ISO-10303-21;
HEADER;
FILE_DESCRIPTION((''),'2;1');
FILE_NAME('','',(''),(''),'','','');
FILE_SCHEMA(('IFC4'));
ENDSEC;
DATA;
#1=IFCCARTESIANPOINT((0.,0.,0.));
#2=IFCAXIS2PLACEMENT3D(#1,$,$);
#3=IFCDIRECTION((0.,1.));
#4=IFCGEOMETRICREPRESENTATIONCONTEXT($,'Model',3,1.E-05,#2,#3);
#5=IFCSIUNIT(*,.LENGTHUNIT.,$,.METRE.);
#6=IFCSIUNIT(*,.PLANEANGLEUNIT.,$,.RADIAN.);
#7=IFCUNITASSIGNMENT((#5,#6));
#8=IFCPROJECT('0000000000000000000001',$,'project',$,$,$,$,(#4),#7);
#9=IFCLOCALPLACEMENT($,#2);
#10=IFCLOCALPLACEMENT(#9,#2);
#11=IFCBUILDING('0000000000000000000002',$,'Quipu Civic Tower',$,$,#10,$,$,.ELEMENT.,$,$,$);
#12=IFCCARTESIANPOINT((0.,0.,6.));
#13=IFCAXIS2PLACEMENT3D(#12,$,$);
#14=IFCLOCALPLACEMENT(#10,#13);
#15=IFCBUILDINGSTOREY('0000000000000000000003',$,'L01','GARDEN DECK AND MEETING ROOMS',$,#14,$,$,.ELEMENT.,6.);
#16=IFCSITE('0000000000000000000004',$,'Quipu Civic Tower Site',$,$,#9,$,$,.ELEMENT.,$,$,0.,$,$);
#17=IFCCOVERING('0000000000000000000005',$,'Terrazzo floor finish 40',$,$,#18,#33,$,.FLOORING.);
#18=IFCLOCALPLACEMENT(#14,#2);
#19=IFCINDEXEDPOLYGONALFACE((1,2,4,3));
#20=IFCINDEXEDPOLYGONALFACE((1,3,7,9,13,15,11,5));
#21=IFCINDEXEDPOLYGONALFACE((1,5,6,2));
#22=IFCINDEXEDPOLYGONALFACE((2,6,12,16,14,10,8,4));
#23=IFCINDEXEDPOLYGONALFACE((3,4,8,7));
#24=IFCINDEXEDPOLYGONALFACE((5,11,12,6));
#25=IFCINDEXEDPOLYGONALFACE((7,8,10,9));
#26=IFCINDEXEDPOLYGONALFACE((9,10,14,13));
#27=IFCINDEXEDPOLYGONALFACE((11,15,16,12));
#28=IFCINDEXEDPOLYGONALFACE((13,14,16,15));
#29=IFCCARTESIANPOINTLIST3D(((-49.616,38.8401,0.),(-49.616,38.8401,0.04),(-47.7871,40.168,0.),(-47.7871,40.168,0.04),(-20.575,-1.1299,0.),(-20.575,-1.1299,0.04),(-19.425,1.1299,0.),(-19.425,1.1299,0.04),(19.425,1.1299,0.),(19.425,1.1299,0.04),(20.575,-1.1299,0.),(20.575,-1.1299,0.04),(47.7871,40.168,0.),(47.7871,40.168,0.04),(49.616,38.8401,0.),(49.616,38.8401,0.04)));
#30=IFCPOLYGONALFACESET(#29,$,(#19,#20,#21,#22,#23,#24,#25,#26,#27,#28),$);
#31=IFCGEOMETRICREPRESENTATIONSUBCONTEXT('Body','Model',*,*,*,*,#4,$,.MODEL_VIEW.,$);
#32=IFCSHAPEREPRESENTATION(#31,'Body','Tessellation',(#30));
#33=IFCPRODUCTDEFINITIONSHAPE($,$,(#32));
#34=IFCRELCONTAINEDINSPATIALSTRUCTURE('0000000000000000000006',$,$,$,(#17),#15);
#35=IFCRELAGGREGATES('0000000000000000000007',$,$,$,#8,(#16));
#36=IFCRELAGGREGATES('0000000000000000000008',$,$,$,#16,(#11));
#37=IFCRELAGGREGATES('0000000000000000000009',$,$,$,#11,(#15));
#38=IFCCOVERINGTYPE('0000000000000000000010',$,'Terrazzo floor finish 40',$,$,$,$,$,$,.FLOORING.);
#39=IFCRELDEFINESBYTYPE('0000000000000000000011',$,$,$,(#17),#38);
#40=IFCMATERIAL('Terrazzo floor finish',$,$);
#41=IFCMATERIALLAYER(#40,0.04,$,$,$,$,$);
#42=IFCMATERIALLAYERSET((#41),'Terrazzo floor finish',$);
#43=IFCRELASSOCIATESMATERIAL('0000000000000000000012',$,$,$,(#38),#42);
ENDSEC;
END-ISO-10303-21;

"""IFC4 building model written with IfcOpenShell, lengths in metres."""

from ifc_helpers import new_model, si_unit, direction, frame, origin, place, context, subcontext, project, spatial, polyline, outline, extrude, material, layer, layer_set, type_object, element, save


model = new_model("IFC4")

# Units and contexts
model_context = context("Model", 3, precision=1e-05, world=origin(), true_north=direction((0.0, 1.0)))
body_context = subcontext(model_context, "Body", "Model", "MODEL_VIEW")
ifc_project = project(units=[si_unit("LENGTHUNIT", "METRE"), si_unit("PLANEANGLEUNIT", "RADIAN")], contexts=[model_context])

# Site, building, storey
site_placement = place(None, origin())
site = spatial("IfcSite", under=ifc_project, at=site_placement, Name="Quipu Civic Tower Site", CompositionType="ELEMENT", RefElevation=0.0)
building_placement = place(site_placement, origin())
building = spatial("IfcBuilding", under=site, at=building_placement, Name="Quipu Civic Tower", CompositionType="ELEMENT")
storey_placement = place(building_placement, frame((0.0, 0.0, 6.0)))
storey = spatial("IfcBuildingStorey", under=building, at=storey_placement, Name="L01", Description="GARDEN DECK AND MEETING ROOMS", CompositionType="ELEMENT", Elevation=6.0)

# Covering
ifc_material_1 = material(Name="Terrazzo floor finish")
ifc_layer_1 = layer(ifc_material_1, 0.04)
ifc_layer_set_1 = layer_set([ifc_layer_1], Name="Terrazzo floor finish")
covering_type_1 = type_object("IfcCoveringType", Name="Terrazzo floor finish 40", PredefinedType="FLOORING", material=ifc_layer_set_1)
covering_1_placement = place(storey_placement, origin())
element("IfcCovering", 1, at=covering_1_placement, inside=storey, type_object=covering_type_1, Name="Terrazzo floor finish 40", PredefinedType="FLOORING", context=body_context, shape_type="SweptSolid", body=[
    extrude(outline(polyline([(47.7871, 40.168), (49.616, 38.8401), (20.575, -1.1299), (-20.575, -1.1299), (-49.616, 38.8401), (-47.7871, 40.168), (-19.425, 1.1299), (19.425, 1.1299), (47.7871, 40.168)])), origin(), (0.0, 0.0, 1.0), 0.04),
])

save(model, "model.ifc")
